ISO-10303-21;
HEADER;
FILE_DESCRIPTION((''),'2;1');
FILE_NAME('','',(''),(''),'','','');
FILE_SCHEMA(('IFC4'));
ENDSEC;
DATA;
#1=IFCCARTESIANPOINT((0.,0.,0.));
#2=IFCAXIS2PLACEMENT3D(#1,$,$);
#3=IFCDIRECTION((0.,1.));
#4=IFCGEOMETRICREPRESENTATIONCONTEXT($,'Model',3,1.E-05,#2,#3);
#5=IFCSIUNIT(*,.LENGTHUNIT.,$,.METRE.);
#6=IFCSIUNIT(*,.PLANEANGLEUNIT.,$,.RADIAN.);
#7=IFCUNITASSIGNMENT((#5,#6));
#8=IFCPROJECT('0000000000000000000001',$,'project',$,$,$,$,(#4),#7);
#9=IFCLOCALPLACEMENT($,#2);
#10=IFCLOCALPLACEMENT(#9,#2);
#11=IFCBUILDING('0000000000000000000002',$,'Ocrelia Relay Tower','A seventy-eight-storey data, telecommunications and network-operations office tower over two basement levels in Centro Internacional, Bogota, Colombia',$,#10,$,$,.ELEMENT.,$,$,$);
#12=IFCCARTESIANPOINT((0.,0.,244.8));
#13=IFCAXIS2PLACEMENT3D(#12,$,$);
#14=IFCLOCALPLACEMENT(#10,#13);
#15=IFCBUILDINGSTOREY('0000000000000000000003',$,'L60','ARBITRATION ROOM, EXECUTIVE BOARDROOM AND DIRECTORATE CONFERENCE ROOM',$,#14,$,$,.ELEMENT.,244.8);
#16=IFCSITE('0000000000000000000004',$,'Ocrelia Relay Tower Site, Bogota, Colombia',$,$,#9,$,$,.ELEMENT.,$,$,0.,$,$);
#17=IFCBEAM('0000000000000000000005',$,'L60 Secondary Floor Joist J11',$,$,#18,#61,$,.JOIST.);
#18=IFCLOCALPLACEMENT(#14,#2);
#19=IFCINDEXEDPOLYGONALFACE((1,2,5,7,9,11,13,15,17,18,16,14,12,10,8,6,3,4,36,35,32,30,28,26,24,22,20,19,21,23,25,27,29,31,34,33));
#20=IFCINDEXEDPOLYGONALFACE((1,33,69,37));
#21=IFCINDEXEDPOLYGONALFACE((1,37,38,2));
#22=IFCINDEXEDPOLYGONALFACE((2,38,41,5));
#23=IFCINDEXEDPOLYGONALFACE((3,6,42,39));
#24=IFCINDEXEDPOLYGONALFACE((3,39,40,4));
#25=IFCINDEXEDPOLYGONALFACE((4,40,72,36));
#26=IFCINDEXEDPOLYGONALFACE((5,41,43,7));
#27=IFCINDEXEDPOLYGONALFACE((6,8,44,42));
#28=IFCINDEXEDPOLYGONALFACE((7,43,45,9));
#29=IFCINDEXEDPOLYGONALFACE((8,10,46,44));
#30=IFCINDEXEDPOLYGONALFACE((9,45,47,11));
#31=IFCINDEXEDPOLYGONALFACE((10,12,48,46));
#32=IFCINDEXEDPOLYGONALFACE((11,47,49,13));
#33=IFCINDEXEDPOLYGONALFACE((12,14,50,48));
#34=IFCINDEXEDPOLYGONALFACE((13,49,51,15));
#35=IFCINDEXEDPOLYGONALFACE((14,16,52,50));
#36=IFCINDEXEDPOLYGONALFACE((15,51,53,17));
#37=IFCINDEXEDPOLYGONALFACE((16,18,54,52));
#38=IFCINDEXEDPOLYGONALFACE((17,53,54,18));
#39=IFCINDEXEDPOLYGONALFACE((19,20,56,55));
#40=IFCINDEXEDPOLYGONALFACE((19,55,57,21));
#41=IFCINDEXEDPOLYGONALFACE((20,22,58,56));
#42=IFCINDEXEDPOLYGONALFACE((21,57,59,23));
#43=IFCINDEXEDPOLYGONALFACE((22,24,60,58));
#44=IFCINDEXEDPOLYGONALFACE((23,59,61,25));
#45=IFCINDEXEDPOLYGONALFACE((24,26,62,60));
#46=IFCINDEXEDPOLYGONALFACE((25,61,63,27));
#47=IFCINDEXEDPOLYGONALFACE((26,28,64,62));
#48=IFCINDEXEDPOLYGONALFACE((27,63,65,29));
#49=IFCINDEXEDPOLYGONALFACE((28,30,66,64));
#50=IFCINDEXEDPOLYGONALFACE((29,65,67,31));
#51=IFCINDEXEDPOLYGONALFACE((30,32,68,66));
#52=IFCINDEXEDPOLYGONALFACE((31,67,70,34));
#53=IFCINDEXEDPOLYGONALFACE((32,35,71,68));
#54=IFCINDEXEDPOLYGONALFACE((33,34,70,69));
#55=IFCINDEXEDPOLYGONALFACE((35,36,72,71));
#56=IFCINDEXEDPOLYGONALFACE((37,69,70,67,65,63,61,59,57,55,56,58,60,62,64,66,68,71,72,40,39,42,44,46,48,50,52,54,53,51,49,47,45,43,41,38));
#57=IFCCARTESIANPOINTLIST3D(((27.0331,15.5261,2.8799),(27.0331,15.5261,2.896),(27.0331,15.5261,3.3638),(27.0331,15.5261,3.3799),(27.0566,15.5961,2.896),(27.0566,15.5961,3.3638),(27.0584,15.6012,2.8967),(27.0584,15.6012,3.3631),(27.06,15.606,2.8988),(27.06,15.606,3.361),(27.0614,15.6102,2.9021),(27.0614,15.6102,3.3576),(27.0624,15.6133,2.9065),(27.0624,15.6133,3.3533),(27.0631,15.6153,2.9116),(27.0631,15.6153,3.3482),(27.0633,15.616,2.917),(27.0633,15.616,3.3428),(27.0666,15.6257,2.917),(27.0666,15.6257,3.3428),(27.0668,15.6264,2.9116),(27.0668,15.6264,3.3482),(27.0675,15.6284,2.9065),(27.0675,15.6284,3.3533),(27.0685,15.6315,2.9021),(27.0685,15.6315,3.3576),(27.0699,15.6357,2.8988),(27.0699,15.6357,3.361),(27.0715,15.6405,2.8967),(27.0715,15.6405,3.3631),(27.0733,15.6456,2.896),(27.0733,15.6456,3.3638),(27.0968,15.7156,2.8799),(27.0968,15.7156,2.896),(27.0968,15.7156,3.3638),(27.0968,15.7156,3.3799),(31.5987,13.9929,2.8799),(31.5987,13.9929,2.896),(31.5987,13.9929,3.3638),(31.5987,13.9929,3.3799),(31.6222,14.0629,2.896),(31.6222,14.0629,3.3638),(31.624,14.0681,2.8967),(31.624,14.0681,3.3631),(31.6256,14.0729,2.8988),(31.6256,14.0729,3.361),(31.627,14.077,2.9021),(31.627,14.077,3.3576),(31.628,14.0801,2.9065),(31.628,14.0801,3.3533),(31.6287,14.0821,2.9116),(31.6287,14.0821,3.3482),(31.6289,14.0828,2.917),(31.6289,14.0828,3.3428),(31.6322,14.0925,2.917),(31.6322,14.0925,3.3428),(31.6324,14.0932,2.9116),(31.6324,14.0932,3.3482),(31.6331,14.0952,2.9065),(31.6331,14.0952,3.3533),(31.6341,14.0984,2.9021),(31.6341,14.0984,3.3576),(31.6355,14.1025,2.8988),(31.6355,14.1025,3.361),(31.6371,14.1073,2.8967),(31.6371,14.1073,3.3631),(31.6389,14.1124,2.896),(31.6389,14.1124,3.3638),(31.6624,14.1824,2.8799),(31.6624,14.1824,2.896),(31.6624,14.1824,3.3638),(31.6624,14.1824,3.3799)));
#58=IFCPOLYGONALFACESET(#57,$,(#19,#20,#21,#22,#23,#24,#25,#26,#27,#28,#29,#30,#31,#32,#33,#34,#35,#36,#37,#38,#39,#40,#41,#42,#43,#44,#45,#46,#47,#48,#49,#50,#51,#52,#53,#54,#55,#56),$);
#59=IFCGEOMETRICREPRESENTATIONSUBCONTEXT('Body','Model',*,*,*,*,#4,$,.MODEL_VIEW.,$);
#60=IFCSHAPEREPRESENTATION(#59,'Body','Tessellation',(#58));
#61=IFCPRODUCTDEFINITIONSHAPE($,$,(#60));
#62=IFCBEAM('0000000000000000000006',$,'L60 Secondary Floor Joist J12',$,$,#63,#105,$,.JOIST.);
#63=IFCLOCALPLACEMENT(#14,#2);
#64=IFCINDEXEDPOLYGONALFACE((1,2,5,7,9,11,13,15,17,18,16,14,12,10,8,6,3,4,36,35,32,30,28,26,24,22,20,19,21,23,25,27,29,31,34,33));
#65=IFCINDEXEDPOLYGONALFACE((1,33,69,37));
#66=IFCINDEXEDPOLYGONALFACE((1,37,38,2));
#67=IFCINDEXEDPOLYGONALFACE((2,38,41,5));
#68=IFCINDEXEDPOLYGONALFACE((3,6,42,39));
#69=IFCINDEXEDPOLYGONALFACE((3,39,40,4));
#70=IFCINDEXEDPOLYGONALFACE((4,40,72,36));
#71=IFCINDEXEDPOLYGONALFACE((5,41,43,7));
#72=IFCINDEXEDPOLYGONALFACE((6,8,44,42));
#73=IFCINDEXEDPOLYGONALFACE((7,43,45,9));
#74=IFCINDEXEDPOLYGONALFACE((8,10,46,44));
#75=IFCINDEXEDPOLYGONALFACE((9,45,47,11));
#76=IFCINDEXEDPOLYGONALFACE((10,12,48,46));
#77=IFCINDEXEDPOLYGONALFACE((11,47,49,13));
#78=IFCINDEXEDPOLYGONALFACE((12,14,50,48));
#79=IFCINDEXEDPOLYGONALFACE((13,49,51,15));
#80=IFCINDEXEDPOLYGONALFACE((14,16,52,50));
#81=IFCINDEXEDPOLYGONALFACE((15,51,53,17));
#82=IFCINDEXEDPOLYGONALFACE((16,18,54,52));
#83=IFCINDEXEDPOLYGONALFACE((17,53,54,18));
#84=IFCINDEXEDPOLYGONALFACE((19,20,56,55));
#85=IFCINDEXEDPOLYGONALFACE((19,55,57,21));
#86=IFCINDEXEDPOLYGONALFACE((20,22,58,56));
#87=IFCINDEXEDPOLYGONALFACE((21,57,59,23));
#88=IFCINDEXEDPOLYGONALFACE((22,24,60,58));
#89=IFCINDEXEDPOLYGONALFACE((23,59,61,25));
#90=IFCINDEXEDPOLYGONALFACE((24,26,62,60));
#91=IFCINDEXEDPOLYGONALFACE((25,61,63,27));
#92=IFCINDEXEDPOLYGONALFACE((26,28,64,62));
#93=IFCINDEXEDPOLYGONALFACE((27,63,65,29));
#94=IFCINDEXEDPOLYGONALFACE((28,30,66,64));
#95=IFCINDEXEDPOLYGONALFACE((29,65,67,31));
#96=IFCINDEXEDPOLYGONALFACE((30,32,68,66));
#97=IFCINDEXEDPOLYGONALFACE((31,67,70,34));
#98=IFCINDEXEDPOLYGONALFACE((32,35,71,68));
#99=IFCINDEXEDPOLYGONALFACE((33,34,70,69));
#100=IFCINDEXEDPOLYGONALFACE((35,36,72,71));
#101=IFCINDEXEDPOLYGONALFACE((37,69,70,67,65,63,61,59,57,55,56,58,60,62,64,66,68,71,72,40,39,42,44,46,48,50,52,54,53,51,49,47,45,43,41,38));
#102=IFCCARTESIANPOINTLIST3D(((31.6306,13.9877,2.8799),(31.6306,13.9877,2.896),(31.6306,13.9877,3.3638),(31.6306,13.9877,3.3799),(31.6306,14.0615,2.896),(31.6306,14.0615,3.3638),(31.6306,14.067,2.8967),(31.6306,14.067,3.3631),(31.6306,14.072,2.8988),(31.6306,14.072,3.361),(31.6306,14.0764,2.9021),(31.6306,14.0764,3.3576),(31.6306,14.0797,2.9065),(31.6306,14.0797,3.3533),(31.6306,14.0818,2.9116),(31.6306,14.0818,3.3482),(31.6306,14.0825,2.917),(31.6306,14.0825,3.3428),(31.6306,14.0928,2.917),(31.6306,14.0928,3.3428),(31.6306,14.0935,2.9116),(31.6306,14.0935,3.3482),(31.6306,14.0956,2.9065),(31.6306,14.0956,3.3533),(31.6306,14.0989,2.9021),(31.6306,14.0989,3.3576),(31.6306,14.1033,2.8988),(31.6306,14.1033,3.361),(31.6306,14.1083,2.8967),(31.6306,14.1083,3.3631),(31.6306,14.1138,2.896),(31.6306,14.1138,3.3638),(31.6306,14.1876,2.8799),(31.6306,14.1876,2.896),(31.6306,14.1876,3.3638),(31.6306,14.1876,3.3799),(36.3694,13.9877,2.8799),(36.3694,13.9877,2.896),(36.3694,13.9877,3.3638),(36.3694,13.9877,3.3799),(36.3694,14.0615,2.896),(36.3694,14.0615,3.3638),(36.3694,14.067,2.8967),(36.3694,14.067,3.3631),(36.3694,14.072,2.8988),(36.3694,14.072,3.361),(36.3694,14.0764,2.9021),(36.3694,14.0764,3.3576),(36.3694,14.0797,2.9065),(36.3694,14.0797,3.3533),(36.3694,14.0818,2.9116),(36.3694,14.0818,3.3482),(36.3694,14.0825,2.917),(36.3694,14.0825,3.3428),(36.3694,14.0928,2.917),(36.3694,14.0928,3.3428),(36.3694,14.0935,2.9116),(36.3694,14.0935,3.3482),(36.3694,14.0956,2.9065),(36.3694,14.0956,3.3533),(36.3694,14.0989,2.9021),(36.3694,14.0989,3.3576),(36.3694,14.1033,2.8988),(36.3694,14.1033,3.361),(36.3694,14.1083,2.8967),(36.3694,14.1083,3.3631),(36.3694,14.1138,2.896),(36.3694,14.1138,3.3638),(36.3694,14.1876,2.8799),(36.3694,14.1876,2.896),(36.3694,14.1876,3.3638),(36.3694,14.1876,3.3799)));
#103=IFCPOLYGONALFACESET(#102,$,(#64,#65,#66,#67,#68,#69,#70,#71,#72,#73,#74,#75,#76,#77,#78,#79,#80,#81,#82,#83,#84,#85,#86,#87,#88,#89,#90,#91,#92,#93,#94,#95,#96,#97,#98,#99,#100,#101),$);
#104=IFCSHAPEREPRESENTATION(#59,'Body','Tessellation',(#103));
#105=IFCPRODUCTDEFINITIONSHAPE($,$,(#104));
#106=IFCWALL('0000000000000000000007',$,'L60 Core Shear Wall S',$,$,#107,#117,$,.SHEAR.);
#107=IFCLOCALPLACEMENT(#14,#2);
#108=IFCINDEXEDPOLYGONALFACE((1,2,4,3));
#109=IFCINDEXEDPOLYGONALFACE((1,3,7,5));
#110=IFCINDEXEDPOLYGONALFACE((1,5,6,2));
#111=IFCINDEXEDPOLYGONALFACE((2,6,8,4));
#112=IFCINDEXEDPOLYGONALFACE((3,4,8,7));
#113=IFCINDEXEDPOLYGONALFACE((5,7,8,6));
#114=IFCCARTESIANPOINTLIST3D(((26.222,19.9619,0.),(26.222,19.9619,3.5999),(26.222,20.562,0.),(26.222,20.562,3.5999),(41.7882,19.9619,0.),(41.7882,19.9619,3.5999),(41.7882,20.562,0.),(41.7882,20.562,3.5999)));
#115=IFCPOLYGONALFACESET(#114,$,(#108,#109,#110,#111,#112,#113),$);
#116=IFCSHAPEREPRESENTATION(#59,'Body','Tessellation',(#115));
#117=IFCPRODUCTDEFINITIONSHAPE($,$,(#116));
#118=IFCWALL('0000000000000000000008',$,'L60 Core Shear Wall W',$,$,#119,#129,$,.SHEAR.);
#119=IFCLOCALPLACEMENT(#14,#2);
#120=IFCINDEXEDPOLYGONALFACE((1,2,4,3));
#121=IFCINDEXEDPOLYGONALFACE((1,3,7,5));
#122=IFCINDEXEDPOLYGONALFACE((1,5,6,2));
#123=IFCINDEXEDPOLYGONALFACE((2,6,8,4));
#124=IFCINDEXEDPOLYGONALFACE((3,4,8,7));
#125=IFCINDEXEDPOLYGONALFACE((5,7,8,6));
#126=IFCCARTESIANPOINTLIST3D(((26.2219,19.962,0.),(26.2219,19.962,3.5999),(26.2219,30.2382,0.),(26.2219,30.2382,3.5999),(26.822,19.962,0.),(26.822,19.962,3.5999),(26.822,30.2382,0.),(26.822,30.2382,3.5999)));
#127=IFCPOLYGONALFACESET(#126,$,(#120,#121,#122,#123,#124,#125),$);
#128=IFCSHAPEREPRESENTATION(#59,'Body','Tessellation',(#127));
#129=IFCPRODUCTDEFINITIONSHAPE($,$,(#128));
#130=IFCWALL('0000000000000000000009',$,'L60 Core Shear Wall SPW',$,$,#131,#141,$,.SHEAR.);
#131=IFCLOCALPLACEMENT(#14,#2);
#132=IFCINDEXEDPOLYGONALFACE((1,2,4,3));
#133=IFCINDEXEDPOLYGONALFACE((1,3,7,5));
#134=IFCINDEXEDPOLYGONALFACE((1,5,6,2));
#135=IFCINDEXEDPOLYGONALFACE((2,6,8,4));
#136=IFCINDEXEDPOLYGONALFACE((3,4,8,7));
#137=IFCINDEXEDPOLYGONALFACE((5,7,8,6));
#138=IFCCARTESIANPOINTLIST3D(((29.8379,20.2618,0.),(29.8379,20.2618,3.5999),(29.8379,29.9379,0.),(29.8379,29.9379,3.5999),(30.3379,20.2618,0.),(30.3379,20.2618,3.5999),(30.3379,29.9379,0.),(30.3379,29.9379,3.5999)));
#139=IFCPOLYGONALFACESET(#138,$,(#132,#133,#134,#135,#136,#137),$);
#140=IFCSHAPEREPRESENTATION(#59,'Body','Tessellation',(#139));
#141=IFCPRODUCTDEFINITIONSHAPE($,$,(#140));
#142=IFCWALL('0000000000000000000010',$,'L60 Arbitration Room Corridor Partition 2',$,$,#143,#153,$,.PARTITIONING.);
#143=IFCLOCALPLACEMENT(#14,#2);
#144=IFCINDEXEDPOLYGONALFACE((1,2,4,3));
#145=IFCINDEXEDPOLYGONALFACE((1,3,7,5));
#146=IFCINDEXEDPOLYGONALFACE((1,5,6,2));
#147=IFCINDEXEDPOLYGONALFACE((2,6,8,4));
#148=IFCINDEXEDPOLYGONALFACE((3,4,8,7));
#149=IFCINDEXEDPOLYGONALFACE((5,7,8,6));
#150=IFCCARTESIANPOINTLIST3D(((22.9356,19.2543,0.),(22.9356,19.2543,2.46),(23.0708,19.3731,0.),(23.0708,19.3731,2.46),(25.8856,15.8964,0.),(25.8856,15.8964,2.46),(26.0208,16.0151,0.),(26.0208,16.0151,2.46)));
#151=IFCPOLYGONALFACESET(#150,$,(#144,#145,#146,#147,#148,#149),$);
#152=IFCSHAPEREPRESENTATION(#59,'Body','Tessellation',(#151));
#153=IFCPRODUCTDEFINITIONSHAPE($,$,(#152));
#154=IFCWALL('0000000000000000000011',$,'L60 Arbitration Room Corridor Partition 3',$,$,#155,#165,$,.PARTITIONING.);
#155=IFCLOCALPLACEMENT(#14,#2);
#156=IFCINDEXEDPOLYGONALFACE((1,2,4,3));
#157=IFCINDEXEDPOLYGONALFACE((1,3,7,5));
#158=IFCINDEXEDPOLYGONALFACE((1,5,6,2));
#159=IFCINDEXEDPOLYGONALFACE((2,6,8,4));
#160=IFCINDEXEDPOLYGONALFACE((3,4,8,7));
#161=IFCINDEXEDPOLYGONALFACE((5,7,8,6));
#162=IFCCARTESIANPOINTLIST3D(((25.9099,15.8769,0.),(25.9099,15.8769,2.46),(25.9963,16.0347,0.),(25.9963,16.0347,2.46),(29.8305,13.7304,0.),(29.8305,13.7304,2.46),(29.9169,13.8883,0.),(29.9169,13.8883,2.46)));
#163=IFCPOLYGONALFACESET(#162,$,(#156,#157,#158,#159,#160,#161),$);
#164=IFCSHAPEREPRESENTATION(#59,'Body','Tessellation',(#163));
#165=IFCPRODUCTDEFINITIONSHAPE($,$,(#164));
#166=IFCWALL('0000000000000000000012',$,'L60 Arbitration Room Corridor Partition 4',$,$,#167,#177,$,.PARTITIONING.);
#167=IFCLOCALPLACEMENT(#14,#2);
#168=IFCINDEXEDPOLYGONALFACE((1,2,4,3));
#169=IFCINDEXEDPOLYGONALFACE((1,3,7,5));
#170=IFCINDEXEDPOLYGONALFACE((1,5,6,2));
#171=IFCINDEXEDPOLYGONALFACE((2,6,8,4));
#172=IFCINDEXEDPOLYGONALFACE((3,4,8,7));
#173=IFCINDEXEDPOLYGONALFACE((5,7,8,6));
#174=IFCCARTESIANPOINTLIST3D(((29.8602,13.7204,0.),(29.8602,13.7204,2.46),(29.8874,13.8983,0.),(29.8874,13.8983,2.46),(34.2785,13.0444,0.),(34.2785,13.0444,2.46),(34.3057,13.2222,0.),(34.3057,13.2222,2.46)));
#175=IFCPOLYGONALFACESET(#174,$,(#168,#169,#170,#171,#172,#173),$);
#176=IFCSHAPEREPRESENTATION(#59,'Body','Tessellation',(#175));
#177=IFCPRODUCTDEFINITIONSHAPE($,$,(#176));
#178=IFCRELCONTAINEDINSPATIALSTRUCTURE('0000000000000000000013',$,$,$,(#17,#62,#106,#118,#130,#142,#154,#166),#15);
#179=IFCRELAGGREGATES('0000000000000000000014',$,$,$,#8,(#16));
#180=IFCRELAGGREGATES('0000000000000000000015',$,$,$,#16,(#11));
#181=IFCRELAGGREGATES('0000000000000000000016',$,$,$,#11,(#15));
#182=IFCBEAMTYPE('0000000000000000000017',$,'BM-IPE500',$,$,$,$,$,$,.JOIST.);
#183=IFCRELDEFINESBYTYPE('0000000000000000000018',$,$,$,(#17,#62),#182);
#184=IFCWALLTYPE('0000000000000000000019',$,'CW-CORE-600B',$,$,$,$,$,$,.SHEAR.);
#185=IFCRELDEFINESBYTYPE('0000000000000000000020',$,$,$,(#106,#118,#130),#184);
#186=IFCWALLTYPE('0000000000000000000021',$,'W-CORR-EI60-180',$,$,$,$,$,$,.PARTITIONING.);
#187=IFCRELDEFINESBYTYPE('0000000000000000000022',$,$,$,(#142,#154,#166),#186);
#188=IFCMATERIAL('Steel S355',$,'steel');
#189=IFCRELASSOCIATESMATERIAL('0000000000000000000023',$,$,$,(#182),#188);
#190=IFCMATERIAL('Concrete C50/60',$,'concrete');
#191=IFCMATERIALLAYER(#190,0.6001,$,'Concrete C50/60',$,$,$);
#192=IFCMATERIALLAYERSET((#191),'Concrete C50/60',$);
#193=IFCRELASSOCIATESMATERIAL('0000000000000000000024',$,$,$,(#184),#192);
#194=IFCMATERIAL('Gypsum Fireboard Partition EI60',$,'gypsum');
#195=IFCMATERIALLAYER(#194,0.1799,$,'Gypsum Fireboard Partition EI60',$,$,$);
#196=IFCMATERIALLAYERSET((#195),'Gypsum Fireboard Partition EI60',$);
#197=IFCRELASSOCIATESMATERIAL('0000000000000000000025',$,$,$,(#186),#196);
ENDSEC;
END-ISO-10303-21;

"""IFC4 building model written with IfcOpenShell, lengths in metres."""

from ifc_helpers import new_model, si_unit, direction, frame, frame_2d, origin, origin_2d, place, context, subcontext, project, spatial, rectangle, i_section, extrude, material, layer, layer_set, material_profile, profile_set, type_object, element, save


model = new_model("IFC4")

# Units and contexts
model_context = context("Model", 3, precision=1e-05, world=origin(), true_north=direction((0.0, 1.0)))
body_context = subcontext(model_context, "Body", "Model", "MODEL_VIEW")
ifc_project = project(units=[si_unit("LENGTHUNIT", "METRE"), si_unit("PLANEANGLEUNIT", "RADIAN")], contexts=[model_context])

# Site, building, storey
site_placement = place(None, origin())
site = spatial("IfcSite", under=ifc_project, at=site_placement, Name="Ocrelia Relay Tower Site, Bogota, Colombia", CompositionType="ELEMENT", RefElevation=0.0)
building_placement = place(site_placement, origin())
building = spatial("IfcBuilding", under=site, at=building_placement, Name="Ocrelia Relay Tower", Description="A seventy-eight-storey data, telecommunications and network-operations office tower over two basement levels in Centro Internacional, Bogota, Colombia", CompositionType="ELEMENT")
storey_placement = place(building_placement, frame((0.0, 0.0, 244.8)))
storey = spatial("IfcBuildingStorey", under=building, at=storey_placement, Name="L60", Description="ARBITRATION ROOM, EXECUTIVE BOARDROOM AND DIRECTORATE CONFERENCE ROOM", CompositionType="ELEMENT", Elevation=244.8)

# Shared definitions
ifc_material_1 = material(Name="Concrete C50/60", Category="concrete")

# Beams
ifc_material_2 = material(Name="Steel S355", Category="steel")
ifc_material_profile_1 = material_profile(ifc_material_2, i_section(OverallWidth=0.2, OverallDepth=0.5, WebThickness=0.0103, FlangeThickness=0.0161, FilletRadius=0.021, at=origin_2d()), Name="IPE 500")
ifc_profile_set_1 = profile_set([ifc_material_profile_1], Name="Steel S355")
beam_type_1 = type_object("IfcBeamType", Name="BM-IPE500", PredefinedType="JOIST", material=ifc_profile_set_1)
beam_1_placement = place(storey_placement, frame((27.0649, 15.6208, 3.1299), z_axis=(0.947976, -0.318341, 0.0), x_axis=(0.318341, 0.947976, 0.0)))
element("IfcBeam", 1, at=beam_1_placement, inside=storey, type_object=beam_type_1, Name="L60 Secondary Floor Joist J11", PredefinedType="JOIST", context=body_context, shape_type="SweptSolid", body=[
    extrude(i_section(OverallWidth=0.2, OverallDepth=0.5, WebThickness=0.0103, FlangeThickness=0.0161, FilletRadius=0.021, at=origin_2d()), origin(), (0.0, 0.0, 1.0), 4.8162),
])
beam_2_placement = place(storey_placement, frame((31.6306, 14.0876, 3.1299), z_axis=(1.0, 0.0, 0.0), x_axis=(0.0, 1.0, 0.0)))
element("IfcBeam", 2, at=beam_2_placement, inside=storey, type_object=beam_type_1, Name="L60 Secondary Floor Joist J12", PredefinedType="JOIST", context=body_context, shape_type="SweptSolid", body=[
    extrude(i_section(OverallWidth=0.2, OverallDepth=0.5, WebThickness=0.0103, FlangeThickness=0.0161, FilletRadius=0.021, at=origin_2d()), origin(), (0.0, 0.0, 1.0), 4.7388),
])

# Walls
ifc_layer_1 = layer(ifc_material_1, 0.6001, Name="Concrete C50/60")
ifc_layer_set_1 = layer_set([ifc_layer_1], Name="Concrete C50/60")
wall_type_1 = type_object("IfcWallType", Name="CW-CORE-600B", PredefinedType="SHEAR", material=ifc_layer_set_1)
wall_1_placement = place(storey_placement, frame((26.2219, 20.262, 0.0), z_axis=(0.0, 0.0, 1.0), x_axis=(1.0, 0.0, 0.0)))
element("IfcWall", 3, at=wall_1_placement, inside=storey, type_object=wall_type_1, Name="L60 Core Shear Wall S", PredefinedType="SHEAR", context=body_context, shape_type="SweptSolid", body=[
    extrude(rectangle(XDim=15.5662, YDim=0.6001, at=frame_2d((7.7832, 0.0))), origin(), (0.0, 0.0, 1.0), 3.5999),
])
wall_2_placement = place(storey_placement, frame((26.522, 19.9619, 0.0), z_axis=(0.0, 0.0, 1.0), x_axis=(0.0, 1.0, 0.0)))
element("IfcWall", 4, at=wall_2_placement, inside=storey, type_object=wall_type_1, Name="L60 Core Shear Wall W", PredefinedType="SHEAR", context=body_context, shape_type="SweptSolid", body=[
    extrude(rectangle(XDim=10.2761, YDim=0.6001, at=frame_2d((5.1382, 0.0))), origin(), (0.0, 0.0, 1.0), 3.5999),
])
wall_3_placement = place(storey_placement, frame((30.0879, 20.262, 0.0), z_axis=(0.0, 0.0, 1.0), x_axis=(0.0, 1.0, 0.0)))
element("IfcWall", 5, at=wall_3_placement, inside=storey, type_object=wall_type_1, Name="L60 Core Shear Wall SPW", PredefinedType="SHEAR", context=body_context, shape_type="SweptSolid", body=[
    extrude(rectangle(XDim=9.676, YDim=0.5, at=frame_2d((4.8379, 0.0))), origin(), (0.0, 0.0, 1.0), 3.5999),
])

# Shared definitions
ifc_material_3 = material(Name="Gypsum Fireboard Partition EI60", Category="gypsum")
ifc_layer_2 = layer(ifc_material_3, 0.1799, Name="Gypsum Fireboard Partition EI60")
ifc_layer_set_2 = layer_set([ifc_layer_2], Name="Gypsum Fireboard Partition EI60")
wall_type_2 = type_object("IfcWallType", Name="W-CORR-EI60-180", PredefinedType="PARTITIONING", material=ifc_layer_set_2)

# Walls
for number, where, z_axis, x_axis, name in (
    (6, (23.0032, 19.3137, 0.0), (0.0, 0.0, 1.0), (0.659996, -0.751269, 0.0), "L60 Arbitration Room Corridor Partition 2"),
    (7, (25.9531, 15.9558, 0.0), (0.0, 0.0, 1.0), (0.877147, -0.480222, 0.0), "L60 Arbitration Room Corridor Partition 3"),
    (8, (29.8738, 13.8093, 0.0), (0.0, 0.0, 1.0), (0.988496, -0.151249, 0.0), "L60 Arbitration Room Corridor Partition 4"),
):
    element("IfcWall", number, at=place(storey_placement, frame(where, z_axis=z_axis, x_axis=x_axis)), inside=storey, type_object=wall_type_2, Name=name, PredefinedType="PARTITIONING", context=body_context, shape_type="SweptSolid", body=[
        extrude(rectangle(XDim=4.4697, YDim=0.1799, at=frame_2d((2.2349, 0.0))), origin(), (0.0, 0.0, 1.0), 2.46),
    ])

save(model, "model.ifc")
